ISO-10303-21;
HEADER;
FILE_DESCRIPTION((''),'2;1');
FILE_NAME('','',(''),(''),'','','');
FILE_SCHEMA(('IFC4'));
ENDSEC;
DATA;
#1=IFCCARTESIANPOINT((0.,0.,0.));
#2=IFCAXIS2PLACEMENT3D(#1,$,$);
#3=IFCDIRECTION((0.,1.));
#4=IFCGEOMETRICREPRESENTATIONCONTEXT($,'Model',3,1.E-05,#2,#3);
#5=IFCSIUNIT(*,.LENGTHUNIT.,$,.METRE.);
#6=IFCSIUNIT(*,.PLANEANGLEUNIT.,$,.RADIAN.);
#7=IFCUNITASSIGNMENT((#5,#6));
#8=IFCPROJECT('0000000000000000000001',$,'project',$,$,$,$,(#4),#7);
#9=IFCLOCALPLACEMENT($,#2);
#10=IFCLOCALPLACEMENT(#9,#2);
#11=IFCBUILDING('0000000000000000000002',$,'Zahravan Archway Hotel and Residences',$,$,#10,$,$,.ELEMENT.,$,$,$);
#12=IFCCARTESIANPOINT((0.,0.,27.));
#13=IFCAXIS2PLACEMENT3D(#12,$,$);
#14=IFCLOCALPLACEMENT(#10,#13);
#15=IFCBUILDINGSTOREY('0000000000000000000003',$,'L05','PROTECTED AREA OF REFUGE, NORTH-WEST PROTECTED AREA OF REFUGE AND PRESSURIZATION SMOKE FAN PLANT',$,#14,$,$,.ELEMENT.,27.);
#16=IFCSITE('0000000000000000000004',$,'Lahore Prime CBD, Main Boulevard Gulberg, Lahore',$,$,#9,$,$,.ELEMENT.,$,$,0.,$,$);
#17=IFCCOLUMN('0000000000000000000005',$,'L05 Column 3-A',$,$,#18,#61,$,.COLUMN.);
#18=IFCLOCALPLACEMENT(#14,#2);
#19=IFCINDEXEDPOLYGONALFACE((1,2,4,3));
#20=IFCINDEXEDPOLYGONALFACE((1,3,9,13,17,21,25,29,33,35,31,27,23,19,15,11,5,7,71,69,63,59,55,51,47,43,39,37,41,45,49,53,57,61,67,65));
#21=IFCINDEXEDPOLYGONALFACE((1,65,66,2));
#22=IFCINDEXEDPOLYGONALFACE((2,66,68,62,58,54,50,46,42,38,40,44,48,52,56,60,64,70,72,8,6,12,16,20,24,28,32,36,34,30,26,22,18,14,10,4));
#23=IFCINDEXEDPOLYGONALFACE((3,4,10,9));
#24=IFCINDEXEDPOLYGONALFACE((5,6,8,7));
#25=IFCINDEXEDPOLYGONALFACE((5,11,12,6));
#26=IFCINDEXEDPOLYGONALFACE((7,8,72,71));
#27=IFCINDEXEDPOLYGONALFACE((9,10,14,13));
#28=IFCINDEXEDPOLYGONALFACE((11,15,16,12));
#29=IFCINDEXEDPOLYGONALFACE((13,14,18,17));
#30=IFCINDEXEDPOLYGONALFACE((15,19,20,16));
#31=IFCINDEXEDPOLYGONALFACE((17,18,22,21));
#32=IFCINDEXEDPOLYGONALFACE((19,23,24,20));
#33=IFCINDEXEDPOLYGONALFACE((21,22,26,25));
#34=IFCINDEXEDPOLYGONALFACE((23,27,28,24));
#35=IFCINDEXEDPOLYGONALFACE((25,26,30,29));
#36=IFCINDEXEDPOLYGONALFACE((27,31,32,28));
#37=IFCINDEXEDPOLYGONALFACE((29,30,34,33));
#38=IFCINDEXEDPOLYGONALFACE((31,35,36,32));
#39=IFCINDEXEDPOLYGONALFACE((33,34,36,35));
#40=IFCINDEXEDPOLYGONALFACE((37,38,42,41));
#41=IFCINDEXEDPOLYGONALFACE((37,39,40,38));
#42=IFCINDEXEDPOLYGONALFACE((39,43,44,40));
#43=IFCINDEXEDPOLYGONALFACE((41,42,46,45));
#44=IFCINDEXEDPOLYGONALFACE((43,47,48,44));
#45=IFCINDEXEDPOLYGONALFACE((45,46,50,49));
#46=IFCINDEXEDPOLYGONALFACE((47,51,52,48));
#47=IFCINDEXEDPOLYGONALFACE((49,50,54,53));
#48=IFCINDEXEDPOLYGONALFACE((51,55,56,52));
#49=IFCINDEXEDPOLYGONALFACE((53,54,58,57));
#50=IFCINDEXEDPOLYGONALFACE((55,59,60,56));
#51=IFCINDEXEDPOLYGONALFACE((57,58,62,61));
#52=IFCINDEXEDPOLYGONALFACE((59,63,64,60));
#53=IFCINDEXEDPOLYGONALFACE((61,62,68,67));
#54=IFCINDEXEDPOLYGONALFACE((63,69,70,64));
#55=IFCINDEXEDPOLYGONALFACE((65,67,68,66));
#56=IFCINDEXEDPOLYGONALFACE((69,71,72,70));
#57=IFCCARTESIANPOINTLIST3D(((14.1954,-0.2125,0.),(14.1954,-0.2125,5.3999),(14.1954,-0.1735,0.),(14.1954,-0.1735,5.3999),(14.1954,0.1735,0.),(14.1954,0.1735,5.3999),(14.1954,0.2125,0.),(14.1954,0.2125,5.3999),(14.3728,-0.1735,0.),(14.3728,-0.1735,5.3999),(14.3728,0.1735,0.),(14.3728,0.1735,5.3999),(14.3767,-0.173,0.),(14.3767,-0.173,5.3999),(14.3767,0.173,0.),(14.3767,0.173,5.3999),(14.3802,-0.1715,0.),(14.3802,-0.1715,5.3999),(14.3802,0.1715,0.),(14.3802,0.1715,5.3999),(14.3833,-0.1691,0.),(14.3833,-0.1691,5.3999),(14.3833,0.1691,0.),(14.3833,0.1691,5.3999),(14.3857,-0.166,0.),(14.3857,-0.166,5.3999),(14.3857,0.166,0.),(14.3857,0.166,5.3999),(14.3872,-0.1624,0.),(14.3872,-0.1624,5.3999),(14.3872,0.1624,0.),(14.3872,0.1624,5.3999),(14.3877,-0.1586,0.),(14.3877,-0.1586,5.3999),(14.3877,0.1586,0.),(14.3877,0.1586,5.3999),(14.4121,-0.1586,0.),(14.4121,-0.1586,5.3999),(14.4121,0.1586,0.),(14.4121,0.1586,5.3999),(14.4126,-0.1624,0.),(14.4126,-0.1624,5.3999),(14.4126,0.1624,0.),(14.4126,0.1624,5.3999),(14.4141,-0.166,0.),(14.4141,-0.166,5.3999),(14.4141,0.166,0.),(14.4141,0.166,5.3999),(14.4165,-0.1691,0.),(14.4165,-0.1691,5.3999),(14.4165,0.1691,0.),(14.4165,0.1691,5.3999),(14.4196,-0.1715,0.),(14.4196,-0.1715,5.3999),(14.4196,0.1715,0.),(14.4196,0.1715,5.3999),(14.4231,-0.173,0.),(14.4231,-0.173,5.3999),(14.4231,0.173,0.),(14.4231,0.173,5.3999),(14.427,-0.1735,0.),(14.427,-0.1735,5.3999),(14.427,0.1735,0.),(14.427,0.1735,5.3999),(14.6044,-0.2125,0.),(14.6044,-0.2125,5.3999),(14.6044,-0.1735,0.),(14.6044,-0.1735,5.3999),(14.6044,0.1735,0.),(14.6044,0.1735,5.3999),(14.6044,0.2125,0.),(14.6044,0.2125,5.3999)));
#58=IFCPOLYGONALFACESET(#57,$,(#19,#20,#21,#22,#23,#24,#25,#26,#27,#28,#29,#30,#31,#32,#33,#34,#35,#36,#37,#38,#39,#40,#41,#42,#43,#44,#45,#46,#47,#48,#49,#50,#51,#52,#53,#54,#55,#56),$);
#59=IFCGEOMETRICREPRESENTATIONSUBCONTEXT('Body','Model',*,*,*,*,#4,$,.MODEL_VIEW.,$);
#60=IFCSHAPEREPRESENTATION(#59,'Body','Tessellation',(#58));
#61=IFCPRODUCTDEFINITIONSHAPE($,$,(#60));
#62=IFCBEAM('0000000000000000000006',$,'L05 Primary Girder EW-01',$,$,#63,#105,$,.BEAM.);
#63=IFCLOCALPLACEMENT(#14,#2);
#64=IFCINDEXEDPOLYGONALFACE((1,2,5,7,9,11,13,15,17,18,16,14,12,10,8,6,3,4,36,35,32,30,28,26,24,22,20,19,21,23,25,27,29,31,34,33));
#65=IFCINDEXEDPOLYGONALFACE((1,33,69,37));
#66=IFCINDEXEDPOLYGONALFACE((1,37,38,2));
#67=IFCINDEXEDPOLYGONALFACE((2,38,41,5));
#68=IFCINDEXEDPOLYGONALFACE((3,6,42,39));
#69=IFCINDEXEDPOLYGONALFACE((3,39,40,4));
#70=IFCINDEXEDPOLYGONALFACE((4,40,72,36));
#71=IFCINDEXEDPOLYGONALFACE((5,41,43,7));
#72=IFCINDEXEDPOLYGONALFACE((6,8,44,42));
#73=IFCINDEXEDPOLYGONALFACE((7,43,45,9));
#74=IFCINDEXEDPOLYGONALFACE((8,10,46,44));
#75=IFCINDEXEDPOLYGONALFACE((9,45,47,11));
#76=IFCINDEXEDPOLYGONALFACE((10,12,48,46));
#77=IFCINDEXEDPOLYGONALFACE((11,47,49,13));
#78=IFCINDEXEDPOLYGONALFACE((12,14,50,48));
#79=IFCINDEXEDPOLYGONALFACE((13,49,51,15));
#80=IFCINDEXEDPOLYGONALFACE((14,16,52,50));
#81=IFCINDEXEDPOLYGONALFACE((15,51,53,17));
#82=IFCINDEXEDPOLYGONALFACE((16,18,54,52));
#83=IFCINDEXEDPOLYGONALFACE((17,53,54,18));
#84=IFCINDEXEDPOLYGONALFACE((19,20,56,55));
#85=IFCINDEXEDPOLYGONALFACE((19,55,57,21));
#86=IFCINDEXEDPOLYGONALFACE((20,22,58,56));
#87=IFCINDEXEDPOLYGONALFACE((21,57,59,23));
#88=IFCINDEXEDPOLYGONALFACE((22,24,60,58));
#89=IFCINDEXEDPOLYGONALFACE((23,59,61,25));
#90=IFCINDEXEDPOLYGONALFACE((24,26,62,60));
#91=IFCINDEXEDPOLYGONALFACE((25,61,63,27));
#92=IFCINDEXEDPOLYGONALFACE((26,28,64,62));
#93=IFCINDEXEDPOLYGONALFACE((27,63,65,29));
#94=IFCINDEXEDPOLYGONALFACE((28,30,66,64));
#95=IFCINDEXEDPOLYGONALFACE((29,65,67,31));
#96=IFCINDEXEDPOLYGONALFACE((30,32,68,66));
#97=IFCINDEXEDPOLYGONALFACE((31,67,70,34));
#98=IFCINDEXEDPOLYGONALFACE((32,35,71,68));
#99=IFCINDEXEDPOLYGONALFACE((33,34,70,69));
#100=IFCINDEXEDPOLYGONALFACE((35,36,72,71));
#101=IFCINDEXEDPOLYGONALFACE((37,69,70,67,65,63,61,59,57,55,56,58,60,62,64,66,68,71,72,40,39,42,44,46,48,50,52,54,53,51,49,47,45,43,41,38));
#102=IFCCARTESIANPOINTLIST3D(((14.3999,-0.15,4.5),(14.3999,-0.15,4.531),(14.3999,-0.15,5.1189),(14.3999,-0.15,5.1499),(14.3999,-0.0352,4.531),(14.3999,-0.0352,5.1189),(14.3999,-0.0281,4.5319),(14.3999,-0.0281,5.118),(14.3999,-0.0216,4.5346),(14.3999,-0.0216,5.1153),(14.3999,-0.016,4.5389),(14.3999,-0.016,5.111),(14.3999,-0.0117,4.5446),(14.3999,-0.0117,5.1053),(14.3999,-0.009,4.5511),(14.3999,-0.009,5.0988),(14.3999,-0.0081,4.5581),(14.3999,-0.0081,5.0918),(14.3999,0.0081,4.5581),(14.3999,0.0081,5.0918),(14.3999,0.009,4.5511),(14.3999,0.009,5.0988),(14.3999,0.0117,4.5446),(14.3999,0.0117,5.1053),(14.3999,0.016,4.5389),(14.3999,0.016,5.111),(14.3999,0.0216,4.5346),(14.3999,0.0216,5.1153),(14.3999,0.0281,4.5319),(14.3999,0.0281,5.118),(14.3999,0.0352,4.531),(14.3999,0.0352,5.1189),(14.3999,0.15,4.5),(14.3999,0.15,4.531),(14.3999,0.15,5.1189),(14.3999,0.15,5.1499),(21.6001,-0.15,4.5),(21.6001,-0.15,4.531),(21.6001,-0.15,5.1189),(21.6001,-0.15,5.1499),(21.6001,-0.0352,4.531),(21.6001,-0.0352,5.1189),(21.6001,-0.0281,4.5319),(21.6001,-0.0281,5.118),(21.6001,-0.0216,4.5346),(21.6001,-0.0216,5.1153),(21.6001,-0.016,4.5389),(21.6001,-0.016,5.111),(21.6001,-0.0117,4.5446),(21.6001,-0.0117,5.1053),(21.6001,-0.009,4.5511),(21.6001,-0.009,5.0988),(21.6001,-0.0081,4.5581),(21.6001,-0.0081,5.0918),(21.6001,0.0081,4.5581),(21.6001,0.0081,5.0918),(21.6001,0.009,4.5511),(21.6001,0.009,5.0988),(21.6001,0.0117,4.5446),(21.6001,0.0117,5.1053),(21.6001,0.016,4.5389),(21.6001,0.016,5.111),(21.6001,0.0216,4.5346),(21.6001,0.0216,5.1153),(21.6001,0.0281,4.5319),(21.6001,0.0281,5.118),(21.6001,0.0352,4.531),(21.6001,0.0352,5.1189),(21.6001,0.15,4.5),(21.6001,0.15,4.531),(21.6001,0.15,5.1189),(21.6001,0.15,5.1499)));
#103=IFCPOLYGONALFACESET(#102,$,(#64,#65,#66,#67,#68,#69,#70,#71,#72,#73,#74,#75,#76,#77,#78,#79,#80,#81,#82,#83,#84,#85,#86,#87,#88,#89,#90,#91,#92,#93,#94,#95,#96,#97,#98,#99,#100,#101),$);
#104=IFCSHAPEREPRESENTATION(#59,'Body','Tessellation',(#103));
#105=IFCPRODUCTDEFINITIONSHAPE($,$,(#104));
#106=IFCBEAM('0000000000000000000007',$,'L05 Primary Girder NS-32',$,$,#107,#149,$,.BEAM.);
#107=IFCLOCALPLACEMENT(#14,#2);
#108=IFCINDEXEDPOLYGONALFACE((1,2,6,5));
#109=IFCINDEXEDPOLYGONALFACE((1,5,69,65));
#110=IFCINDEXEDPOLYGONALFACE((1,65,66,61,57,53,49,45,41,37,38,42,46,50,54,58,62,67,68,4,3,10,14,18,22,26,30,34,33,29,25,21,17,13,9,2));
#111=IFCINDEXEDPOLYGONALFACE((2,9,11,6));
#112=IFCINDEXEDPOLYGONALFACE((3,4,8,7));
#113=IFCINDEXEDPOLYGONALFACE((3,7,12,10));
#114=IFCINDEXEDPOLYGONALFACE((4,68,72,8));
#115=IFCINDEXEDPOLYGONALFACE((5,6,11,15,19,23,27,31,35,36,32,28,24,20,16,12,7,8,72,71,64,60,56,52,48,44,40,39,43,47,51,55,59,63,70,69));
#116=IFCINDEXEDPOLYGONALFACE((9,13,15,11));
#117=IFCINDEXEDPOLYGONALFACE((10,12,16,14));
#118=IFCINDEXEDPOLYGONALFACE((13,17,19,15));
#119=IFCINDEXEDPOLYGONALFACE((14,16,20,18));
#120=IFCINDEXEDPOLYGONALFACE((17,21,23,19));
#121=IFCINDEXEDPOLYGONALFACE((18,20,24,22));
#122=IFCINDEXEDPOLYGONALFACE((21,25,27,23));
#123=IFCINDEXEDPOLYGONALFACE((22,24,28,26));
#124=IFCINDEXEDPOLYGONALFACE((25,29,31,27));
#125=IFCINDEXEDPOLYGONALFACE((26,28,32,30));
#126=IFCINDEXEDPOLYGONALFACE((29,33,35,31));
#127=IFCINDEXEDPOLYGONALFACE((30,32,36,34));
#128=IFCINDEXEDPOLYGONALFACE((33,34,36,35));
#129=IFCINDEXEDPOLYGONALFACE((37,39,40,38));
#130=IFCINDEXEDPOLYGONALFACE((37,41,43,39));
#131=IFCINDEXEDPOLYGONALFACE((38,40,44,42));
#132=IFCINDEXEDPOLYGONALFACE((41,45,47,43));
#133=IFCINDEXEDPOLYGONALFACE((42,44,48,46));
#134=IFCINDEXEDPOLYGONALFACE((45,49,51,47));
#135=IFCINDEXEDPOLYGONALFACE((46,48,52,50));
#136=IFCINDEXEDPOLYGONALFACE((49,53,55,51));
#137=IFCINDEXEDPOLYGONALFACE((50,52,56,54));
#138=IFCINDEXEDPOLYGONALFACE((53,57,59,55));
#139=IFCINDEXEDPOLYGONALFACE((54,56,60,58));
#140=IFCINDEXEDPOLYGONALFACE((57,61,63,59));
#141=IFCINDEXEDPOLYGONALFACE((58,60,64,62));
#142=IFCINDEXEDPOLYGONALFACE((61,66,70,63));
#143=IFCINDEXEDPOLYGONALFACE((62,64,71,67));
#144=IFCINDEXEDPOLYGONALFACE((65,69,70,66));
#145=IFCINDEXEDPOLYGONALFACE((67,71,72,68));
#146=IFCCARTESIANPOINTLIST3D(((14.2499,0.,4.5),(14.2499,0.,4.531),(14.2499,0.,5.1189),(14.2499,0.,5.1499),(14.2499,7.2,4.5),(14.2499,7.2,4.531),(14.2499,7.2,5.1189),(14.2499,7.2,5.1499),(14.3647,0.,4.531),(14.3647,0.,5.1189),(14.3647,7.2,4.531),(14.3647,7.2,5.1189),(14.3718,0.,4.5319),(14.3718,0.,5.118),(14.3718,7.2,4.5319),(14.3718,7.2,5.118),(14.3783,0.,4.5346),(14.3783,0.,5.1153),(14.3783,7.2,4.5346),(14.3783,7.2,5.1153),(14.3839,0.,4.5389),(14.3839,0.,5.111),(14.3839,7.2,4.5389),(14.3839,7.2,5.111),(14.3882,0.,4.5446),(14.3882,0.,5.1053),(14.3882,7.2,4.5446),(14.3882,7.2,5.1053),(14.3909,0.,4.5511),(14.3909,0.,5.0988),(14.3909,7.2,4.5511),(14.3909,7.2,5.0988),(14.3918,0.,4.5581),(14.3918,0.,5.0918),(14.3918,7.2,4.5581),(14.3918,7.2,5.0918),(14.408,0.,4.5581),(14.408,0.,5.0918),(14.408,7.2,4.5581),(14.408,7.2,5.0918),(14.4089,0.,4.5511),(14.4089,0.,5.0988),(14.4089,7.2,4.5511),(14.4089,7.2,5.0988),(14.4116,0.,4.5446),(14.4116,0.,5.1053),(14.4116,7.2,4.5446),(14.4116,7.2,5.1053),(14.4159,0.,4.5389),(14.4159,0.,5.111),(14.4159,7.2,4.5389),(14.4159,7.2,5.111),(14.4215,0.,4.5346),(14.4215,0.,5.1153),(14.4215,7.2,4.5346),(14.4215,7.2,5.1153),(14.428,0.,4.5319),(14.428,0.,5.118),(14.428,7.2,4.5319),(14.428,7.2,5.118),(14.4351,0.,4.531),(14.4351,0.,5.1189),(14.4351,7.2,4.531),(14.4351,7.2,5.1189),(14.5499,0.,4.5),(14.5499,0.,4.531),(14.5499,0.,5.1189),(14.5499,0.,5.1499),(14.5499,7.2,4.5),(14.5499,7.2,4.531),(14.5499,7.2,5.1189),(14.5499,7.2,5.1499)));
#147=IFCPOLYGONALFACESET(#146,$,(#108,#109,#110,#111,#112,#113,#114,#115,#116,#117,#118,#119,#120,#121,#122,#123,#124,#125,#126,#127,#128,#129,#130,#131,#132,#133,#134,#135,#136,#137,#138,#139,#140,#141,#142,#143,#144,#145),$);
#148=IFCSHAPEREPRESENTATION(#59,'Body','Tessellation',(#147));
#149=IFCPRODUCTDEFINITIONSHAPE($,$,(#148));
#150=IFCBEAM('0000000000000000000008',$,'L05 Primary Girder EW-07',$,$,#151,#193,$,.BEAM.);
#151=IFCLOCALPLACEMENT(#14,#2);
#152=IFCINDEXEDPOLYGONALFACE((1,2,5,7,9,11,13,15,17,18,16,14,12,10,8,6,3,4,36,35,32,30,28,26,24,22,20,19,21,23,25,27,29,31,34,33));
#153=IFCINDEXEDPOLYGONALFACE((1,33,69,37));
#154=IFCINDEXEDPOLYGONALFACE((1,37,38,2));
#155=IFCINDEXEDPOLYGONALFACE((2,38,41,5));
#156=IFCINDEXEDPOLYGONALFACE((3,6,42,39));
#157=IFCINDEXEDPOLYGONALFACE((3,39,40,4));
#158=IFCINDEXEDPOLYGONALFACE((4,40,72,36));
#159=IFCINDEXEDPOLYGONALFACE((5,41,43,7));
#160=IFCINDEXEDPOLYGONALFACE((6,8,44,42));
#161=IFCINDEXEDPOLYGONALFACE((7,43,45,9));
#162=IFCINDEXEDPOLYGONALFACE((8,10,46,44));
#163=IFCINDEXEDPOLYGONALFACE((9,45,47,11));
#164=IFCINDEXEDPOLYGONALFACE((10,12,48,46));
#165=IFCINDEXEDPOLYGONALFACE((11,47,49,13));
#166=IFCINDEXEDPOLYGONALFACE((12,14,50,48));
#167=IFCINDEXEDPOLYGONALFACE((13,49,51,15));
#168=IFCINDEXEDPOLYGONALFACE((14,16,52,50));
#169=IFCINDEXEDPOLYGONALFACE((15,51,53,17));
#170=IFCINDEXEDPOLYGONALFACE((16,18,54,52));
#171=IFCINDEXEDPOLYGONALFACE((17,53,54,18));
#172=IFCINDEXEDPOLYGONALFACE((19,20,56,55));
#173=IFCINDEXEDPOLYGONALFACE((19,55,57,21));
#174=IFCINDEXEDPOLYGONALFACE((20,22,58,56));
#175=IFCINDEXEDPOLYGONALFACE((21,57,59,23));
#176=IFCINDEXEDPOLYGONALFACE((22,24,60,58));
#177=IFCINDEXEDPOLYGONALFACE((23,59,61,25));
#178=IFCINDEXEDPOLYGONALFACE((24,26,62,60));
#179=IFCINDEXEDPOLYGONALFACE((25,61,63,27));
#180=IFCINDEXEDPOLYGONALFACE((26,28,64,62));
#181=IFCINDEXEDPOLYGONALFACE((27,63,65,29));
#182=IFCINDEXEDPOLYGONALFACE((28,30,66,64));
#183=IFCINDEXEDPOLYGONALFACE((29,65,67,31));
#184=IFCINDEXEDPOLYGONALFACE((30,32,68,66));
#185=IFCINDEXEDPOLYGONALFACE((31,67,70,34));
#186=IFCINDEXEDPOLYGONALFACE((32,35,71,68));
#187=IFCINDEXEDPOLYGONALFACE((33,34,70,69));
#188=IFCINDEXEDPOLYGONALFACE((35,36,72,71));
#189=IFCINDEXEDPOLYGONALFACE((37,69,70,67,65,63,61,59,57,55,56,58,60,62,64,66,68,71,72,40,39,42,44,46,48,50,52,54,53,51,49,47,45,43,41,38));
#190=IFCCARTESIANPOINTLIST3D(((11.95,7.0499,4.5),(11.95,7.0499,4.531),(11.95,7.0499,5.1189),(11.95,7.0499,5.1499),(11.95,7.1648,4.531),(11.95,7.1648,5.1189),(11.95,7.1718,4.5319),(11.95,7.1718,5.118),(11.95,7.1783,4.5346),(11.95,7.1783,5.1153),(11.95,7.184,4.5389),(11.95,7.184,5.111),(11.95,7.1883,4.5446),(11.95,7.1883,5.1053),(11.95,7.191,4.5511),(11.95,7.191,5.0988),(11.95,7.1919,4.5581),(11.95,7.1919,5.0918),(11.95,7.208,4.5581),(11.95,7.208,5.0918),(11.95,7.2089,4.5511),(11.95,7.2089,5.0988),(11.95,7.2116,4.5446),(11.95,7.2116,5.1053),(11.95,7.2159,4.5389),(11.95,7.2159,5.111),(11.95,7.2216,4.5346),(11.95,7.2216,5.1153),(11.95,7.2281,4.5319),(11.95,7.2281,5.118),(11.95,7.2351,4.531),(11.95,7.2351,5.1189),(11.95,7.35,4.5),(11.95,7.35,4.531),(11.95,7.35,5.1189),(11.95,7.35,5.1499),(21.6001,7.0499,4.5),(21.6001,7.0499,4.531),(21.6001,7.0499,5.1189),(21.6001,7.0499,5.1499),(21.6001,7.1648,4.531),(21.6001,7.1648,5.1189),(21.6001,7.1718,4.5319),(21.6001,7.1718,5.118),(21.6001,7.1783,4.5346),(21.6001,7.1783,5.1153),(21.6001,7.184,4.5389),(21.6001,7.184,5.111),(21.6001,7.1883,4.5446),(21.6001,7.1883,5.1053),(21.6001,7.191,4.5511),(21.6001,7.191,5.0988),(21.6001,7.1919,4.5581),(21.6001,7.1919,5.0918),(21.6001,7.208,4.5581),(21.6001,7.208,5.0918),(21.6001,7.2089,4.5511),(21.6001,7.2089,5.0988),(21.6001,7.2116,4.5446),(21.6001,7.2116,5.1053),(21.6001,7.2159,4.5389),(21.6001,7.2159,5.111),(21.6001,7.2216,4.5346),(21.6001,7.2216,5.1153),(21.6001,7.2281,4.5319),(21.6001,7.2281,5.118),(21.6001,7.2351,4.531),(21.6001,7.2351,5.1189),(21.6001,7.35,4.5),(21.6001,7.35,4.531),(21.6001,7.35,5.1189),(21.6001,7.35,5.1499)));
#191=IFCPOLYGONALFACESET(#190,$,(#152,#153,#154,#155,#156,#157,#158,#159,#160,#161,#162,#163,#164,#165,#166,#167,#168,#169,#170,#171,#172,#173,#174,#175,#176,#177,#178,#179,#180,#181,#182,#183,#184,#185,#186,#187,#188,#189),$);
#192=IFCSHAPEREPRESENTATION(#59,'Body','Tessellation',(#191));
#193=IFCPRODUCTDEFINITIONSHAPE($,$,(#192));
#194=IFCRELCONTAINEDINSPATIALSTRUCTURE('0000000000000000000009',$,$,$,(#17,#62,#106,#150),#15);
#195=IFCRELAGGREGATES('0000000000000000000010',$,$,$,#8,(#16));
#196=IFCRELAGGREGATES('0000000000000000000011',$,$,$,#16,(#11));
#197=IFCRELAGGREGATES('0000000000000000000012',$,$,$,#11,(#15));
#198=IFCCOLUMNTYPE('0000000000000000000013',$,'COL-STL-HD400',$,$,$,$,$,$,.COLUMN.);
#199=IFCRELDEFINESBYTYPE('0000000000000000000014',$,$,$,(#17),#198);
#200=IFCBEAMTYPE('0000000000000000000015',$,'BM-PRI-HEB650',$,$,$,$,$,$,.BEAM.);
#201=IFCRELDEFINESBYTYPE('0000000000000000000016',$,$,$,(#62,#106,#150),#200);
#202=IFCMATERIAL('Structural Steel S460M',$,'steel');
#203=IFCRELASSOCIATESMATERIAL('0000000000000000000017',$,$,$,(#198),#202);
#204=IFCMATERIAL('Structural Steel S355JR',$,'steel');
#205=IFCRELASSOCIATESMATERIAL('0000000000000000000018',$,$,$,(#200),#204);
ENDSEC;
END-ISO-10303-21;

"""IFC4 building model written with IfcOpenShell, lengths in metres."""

from ifc_helpers import new_model, si_unit, direction, frame, origin, origin_2d, place, context, subcontext, project, spatial, i_section, extrude, source, transform, mapped, material, material_profile, profile_set, type_object, type_shapes, element, save


model = new_model("IFC4")

# Units and contexts
model_context = context("Model", 3, precision=1e-05, world=origin(), true_north=direction((0.0, 1.0)))
body_context = subcontext(model_context, "Body", "Model", "MODEL_VIEW")
ifc_project = project(units=[si_unit("LENGTHUNIT", "METRE"), si_unit("PLANEANGLEUNIT", "RADIAN")], contexts=[model_context])

# Site, building, storey
site_placement = place(None, origin())
site = spatial("IfcSite", under=ifc_project, at=site_placement, Name="Lahore Prime CBD, Main Boulevard Gulberg, Lahore", CompositionType="ELEMENT", RefElevation=0.0)
building_placement = place(site_placement, origin())
building = spatial("IfcBuilding", under=site, at=building_placement, Name="Zahravan Archway Hotel and Residences", CompositionType="ELEMENT")
storey_placement = place(building_placement, frame((0.0, 0.0, 27.0)))
storey = spatial("IfcBuildingStorey", under=building, at=storey_placement, Name="L05", Description="PROTECTED AREA OF REFUGE, NORTH-WEST PROTECTED AREA OF REFUGE AND PRESSURIZATION SMOKE FAN PLANT", CompositionType="ELEMENT", Elevation=27.0)

# Column
ifc_material_1 = material(Name="Structural Steel S460M", Category="steel")
ifc_material_profile_1 = material_profile(ifc_material_1, i_section(OverallWidth=0.4089, OverallDepth=0.425, WebThickness=0.0244, FlangeThickness=0.0391, FilletRadius=0.0149, at=origin_2d()), Name="HD 400x421", Category="steel")
ifc_profile_set_1 = profile_set([ifc_material_profile_1], Name="Structural Steel S460M")
column_type = type_object("IfcColumnType", Name="COL-STL-HD400", PredefinedType="COLUMN", material=ifc_profile_set_1)
shared_shape_1 = source(origin(), body_context, "Body", "SweptSolid", [
    extrude(i_section(OverallWidth=0.4089, OverallDepth=0.425, WebThickness=0.0244, FlangeThickness=0.0391, FilletRadius=0.0149, at=origin_2d()), origin(), (0.0, 0.0, 1.0), 5.3999),
])
type_shapes(column_type, [shared_shape_1])
column_placement = place(storey_placement, frame((14.3999, 0.0, 0.0), z_axis=(0.0, 0.0, 1.0), x_axis=(1.0, 0.0, 0.0)))
element("IfcColumn", 1, at=column_placement, inside=storey, type_object=column_type, Name="L05 Column 3-A", PredefinedType="COLUMN", context=body_context, shape_type="MappedRepresentation", body=[
    mapped(shared_shape_1, transform((0.0, 0.0, 0.0), scale=1.0)),
])

# Beams
ifc_material_2 = material(Name="Structural Steel S355JR", Category="steel")
ifc_material_profile_2 = material_profile(ifc_material_2, i_section(OverallWidth=0.3, OverallDepth=0.6499, WebThickness=0.0161, FlangeThickness=0.031, FilletRadius=0.0271, at=origin_2d()), Name="HEB 650", Category="steel")
ifc_profile_set_2 = profile_set([ifc_material_profile_2], Name="Structural Steel S355JR")
beam_type_1 = type_object("IfcBeamType", Name="BM-PRI-HEB650", PredefinedType="BEAM", material=ifc_profile_set_2)
shared_shape_2 = source(origin(), body_context, "Body", "SweptSolid", [
    extrude(i_section(OverallWidth=0.3, OverallDepth=0.6499, WebThickness=0.0161, FlangeThickness=0.031, FilletRadius=0.0271, at=origin_2d()), origin(), (0.0, 0.0, 1.0), 7.2002),
])
type_shapes(beam_type_1, [shared_shape_2])
beam_1_placement = place(storey_placement, frame((14.3999, 0.0, 4.825), z_axis=(1.0, 0.0, 0.0), x_axis=(0.0, 1.0, 0.0)))
element("IfcBeam", 2, at=beam_1_placement, inside=storey, type_object=beam_type_1, Name="L05 Primary Girder EW-01", PredefinedType="BEAM", context=body_context, shape_type="MappedRepresentation", body=[
    mapped(shared_shape_2, transform((0.0, 0.0, 0.0), scale=1.0)),
])
shared_shape_3 = source(origin(), body_context, "Body", "SweptSolid", [
    extrude(i_section(OverallWidth=0.3, OverallDepth=0.6499, WebThickness=0.0161, FlangeThickness=0.031, FilletRadius=0.0271, at=origin_2d()), origin(), (0.0, 0.0, 1.0), 7.2),
])
beam_2_placement = place(storey_placement, frame((14.3999, 0.0, 4.825), z_axis=(0.0, 1.0, 0.0), x_axis=(-1.0, 0.0, 0.0)))
element("IfcBeam", 3, at=beam_2_placement, inside=storey, type_object=beam_type_1, Name="L05 Primary Girder NS-32", PredefinedType="BEAM", context=body_context, shape_type="MappedRepresentation", body=[
    mapped(shared_shape_3, transform((0.0, 0.0, 0.0), scale=1.0)),
])
shared_shape_4 = source(origin(), body_context, "Body", "SweptSolid", [
    extrude(i_section(OverallWidth=0.3, OverallDepth=0.6499, WebThickness=0.0161, FlangeThickness=0.031, FilletRadius=0.0271, at=origin_2d()), origin(), (0.0, 0.0, 1.0), 9.6501),
])
beam_3_placement = place(storey_placement, frame((11.95, 7.2, 4.825), z_axis=(1.0, 0.0, 0.0), x_axis=(0.0, 1.0, 0.0)))
element("IfcBeam", 4, at=beam_3_placement, inside=storey, type_object=beam_type_1, Name="L05 Primary Girder EW-07", PredefinedType="BEAM", context=body_context, shape_type="MappedRepresentation", body=[
    mapped(shared_shape_4, transform((0.0, 0.0, 0.0), scale=1.0)),
])

save(model, "model.ifc")
